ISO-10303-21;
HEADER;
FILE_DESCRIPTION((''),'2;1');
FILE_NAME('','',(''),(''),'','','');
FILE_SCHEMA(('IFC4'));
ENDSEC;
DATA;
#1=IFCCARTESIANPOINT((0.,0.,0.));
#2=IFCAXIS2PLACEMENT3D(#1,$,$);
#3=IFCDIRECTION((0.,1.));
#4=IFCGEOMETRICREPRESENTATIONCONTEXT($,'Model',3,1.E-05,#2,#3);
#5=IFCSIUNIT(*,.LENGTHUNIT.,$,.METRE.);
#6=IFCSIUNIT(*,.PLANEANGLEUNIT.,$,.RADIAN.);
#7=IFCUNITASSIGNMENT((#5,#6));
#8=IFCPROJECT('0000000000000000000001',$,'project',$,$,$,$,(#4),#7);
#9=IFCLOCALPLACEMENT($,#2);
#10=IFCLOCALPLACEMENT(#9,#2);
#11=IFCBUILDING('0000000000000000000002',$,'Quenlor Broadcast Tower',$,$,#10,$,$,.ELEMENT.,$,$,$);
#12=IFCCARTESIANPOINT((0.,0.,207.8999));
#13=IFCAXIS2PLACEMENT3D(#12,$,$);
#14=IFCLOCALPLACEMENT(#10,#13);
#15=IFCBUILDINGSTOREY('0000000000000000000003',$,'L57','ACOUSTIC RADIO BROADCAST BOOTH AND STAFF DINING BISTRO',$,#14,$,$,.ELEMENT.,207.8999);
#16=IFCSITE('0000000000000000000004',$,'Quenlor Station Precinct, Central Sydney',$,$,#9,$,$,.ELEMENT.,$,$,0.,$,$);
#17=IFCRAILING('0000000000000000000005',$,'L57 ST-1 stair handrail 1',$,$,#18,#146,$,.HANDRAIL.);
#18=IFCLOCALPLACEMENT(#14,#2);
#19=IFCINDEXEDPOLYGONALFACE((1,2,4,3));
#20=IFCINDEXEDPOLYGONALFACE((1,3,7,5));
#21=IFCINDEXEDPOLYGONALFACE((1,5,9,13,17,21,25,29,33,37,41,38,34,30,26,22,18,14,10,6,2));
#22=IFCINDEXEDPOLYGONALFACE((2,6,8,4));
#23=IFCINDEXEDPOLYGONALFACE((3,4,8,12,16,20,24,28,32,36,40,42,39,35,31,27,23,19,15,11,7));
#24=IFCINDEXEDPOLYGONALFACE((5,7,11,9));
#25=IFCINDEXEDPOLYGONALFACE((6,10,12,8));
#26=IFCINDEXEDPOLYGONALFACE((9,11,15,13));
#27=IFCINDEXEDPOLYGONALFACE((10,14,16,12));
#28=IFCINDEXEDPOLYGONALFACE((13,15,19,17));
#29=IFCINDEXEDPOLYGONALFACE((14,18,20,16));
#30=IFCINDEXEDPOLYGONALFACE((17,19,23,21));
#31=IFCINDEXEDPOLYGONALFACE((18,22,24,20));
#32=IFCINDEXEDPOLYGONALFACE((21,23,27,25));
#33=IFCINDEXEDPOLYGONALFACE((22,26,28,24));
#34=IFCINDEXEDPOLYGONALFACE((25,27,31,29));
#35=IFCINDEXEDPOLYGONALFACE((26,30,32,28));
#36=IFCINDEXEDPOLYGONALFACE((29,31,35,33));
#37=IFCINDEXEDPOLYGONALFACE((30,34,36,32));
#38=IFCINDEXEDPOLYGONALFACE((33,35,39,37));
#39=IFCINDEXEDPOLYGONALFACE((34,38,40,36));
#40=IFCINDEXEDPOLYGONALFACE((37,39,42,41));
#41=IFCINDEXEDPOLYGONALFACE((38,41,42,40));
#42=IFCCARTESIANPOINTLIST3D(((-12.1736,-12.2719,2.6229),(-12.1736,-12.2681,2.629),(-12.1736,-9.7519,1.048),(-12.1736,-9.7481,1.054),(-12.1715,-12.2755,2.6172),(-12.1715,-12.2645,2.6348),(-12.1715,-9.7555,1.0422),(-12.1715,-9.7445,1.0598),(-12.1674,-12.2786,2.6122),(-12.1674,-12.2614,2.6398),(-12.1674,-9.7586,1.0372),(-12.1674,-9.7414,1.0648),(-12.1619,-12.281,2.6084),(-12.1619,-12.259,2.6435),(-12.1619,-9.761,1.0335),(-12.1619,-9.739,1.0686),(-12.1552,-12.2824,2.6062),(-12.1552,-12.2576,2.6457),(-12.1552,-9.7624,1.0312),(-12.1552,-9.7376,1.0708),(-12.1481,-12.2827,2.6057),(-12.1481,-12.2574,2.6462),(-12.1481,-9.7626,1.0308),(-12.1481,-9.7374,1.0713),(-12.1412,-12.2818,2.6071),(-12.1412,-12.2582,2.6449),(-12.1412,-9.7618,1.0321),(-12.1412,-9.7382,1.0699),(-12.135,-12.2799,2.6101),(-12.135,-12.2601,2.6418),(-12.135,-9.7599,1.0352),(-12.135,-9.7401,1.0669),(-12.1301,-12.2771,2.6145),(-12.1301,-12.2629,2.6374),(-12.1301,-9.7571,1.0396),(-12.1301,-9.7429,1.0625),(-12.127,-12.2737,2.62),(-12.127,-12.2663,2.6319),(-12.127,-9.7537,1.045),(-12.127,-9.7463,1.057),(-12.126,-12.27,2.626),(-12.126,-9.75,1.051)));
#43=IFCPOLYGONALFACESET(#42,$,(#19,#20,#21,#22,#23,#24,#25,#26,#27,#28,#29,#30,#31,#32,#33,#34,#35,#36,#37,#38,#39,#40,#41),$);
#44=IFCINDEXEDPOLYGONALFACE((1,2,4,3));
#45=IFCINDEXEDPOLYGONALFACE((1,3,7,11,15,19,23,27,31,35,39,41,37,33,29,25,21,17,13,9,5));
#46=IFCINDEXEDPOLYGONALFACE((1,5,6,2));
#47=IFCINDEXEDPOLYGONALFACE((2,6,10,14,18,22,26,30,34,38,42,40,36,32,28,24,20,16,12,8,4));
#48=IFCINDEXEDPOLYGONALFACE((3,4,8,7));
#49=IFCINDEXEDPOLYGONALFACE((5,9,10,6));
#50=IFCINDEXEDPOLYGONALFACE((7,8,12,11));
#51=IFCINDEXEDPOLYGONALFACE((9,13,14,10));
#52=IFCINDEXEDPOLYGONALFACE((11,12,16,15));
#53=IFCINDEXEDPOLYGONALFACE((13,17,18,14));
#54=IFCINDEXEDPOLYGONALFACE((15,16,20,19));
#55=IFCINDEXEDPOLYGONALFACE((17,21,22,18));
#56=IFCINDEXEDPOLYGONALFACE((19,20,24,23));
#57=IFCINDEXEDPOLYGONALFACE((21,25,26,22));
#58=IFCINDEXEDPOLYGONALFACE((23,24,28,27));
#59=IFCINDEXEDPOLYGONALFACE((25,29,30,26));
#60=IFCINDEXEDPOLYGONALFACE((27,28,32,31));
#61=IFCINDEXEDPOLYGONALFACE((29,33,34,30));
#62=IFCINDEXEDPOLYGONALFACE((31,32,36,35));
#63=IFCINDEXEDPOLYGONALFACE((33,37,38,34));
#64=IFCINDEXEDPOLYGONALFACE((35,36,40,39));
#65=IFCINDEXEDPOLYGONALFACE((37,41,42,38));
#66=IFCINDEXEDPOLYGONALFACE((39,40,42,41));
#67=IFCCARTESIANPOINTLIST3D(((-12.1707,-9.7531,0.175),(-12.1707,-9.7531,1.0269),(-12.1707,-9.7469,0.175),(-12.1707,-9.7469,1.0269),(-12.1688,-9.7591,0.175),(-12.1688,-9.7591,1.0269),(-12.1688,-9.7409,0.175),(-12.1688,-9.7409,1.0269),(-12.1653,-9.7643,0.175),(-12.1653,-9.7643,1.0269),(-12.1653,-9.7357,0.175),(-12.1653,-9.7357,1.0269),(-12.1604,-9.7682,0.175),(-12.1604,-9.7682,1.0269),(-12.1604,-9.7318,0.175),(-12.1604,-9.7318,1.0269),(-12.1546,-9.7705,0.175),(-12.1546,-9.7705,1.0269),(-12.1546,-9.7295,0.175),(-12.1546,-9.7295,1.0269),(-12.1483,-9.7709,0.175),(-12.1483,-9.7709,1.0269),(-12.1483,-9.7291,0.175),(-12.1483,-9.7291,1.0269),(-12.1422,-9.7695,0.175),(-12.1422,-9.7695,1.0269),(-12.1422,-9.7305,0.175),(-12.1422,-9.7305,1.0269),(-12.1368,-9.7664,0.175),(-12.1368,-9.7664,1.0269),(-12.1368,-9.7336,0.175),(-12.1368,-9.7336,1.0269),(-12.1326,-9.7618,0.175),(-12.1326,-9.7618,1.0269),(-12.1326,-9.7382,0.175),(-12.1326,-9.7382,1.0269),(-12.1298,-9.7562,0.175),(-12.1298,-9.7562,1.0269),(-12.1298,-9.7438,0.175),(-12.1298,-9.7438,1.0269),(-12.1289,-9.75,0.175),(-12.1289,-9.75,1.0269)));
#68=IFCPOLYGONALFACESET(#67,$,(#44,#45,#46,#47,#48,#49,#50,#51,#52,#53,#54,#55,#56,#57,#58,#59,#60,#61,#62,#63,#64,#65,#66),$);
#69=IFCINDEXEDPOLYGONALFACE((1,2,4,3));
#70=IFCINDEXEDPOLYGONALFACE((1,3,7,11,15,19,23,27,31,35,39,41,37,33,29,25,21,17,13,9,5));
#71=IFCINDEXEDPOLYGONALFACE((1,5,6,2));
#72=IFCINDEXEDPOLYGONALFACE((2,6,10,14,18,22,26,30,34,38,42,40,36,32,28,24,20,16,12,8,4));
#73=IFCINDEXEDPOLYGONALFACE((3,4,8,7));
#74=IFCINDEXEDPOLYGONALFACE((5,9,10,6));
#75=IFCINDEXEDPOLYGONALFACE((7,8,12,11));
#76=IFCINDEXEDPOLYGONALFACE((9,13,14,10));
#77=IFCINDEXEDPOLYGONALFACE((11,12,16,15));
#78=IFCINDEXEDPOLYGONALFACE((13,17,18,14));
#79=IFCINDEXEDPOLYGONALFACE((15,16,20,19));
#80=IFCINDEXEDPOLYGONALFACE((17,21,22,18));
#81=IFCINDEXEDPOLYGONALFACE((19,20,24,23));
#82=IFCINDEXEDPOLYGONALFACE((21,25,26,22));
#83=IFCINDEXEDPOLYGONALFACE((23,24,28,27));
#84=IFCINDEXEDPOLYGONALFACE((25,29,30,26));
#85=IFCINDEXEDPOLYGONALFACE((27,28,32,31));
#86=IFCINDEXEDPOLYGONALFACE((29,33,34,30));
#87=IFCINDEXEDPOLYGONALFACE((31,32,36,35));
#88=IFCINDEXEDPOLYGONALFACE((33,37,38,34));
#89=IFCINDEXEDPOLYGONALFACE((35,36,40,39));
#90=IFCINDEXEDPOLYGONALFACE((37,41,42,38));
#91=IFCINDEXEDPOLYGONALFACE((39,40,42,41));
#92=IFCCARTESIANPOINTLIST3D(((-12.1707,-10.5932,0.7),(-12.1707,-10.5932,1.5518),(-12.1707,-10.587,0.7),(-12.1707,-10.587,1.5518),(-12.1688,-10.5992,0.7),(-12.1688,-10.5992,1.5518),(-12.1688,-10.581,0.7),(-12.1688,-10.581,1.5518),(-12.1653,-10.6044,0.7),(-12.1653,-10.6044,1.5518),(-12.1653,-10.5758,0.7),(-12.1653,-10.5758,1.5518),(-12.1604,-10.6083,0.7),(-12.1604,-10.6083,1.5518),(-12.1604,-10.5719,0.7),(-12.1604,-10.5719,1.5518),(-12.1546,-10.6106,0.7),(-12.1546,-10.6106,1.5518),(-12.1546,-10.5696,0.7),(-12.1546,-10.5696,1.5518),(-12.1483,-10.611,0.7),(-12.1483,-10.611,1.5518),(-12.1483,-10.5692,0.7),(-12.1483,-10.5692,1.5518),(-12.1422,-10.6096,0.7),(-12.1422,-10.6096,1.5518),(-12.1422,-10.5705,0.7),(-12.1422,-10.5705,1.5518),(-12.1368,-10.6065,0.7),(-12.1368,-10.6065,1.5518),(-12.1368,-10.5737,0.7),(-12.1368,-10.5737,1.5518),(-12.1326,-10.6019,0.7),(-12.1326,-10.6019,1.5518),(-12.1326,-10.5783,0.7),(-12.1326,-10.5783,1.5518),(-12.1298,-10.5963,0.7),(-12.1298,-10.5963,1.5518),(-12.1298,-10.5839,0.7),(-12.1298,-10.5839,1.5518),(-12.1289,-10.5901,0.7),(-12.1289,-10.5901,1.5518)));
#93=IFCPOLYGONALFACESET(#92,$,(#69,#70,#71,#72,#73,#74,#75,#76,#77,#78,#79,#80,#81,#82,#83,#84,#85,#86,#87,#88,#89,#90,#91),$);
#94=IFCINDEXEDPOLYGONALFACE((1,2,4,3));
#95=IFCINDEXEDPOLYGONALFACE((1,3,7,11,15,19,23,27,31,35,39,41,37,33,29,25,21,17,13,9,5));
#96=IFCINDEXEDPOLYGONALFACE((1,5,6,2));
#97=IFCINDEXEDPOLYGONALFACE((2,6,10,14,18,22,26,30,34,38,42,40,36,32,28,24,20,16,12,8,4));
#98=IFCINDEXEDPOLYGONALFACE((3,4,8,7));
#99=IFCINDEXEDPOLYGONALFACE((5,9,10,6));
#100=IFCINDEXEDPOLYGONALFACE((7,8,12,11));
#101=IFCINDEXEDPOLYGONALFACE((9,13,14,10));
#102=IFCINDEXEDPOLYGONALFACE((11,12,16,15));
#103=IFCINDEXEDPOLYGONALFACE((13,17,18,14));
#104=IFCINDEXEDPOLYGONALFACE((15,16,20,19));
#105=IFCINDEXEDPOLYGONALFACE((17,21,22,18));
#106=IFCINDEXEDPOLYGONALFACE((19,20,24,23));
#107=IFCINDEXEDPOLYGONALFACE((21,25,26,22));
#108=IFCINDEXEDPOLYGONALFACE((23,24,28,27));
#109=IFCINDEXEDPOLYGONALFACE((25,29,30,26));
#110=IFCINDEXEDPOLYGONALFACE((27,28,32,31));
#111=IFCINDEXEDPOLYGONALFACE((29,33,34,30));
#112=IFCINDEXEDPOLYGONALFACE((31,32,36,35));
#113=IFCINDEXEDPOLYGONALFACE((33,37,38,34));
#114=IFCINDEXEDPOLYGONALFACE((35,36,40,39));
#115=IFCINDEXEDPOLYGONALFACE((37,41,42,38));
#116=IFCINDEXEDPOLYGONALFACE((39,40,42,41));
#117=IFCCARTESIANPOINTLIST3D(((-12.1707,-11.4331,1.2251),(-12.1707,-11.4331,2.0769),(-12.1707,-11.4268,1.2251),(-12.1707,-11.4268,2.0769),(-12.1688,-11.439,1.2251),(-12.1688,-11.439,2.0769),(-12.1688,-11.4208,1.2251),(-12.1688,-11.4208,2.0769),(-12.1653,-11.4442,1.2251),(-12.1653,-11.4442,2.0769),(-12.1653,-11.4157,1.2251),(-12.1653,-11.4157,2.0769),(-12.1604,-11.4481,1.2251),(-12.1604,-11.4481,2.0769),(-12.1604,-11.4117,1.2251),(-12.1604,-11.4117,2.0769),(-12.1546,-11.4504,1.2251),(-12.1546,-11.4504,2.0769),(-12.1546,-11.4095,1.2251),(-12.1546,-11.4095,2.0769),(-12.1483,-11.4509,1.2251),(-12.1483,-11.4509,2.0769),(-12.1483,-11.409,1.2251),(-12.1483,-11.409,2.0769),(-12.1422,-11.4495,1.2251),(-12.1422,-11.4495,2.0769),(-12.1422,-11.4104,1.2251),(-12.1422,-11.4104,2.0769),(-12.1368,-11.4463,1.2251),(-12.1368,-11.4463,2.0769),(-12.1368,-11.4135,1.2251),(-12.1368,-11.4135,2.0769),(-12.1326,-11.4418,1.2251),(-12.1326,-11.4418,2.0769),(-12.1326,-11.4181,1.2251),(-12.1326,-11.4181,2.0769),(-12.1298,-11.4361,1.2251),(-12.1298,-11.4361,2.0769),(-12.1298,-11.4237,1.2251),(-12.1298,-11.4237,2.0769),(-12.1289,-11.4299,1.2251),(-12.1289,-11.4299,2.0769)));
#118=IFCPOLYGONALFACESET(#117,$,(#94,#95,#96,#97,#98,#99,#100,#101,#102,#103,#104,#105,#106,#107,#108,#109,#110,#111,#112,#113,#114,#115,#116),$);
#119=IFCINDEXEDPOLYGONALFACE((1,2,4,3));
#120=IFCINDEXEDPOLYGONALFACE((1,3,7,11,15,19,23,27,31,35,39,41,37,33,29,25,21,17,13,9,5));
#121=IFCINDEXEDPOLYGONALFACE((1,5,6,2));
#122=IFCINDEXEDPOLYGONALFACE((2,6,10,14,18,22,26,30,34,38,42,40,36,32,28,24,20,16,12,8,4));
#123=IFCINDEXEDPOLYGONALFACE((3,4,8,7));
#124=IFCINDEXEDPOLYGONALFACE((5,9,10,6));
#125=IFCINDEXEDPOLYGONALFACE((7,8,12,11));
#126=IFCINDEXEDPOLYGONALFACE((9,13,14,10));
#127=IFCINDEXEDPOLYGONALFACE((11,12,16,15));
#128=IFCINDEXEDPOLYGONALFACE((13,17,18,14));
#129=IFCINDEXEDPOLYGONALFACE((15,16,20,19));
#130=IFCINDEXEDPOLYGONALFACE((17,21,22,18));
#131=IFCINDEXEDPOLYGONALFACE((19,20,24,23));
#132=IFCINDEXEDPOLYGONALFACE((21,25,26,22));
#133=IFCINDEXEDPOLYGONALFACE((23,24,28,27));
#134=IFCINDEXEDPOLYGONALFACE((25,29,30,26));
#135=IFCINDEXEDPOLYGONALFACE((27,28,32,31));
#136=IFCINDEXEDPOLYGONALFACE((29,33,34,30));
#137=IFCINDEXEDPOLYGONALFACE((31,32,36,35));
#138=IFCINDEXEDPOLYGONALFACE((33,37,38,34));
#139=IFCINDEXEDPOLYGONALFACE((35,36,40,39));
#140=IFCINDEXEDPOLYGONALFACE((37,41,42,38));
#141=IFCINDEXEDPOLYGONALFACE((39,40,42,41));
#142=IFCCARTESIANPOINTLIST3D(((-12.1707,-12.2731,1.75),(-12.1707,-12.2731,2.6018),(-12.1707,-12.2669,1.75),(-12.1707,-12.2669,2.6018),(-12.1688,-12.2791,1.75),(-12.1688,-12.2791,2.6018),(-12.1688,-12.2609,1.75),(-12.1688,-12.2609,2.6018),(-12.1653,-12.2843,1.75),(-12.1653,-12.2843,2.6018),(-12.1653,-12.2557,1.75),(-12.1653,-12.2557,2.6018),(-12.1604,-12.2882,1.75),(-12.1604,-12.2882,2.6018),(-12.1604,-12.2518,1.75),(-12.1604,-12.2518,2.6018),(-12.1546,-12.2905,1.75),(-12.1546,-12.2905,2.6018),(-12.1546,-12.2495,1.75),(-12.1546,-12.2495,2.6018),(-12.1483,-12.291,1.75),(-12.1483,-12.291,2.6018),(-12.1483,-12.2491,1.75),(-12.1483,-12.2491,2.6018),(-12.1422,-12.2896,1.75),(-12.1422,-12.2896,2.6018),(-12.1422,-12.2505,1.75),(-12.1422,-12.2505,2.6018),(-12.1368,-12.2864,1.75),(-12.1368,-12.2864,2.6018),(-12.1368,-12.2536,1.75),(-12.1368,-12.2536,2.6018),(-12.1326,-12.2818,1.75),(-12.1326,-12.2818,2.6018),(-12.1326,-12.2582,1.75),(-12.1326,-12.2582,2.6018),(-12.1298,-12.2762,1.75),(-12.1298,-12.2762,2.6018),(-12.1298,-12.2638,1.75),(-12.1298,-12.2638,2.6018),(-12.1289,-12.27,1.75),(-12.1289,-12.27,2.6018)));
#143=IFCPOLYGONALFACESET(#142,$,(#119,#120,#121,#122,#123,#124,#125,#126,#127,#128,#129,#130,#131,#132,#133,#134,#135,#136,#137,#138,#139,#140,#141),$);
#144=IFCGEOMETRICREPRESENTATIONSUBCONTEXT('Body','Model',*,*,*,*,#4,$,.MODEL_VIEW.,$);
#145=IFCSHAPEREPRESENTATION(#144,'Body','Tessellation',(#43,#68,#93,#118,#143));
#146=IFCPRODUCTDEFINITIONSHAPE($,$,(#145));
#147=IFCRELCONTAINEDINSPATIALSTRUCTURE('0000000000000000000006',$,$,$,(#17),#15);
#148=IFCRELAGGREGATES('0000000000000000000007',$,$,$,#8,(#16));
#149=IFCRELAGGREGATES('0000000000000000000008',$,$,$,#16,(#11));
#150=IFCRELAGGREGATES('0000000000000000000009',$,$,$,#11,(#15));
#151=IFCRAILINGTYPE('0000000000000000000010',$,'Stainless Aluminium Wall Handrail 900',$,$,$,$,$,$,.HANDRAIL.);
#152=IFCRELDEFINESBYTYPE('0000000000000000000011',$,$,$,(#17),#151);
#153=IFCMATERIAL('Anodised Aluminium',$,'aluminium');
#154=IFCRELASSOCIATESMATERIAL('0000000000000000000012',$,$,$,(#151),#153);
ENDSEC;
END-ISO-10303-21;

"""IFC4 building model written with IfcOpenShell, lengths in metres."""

from ifc_helpers import new_model, si_unit, direction, frame, origin, origin_2d, place, context, subcontext, project, spatial, circle, extrude, material, type_object, element, save


model = new_model("IFC4")

# Units and contexts
model_context = context("Model", 3, precision=1e-05, world=origin(), true_north=direction((0.0, 1.0)))
body_context = subcontext(model_context, "Body", "Model", "MODEL_VIEW")
ifc_project = project(units=[si_unit("LENGTHUNIT", "METRE"), si_unit("PLANEANGLEUNIT", "RADIAN")], contexts=[model_context])

# Site, building, storey
site_placement = place(None, origin())
site = spatial("IfcSite", under=ifc_project, at=site_placement, Name="Quenlor Station Precinct, Central Sydney", CompositionType="ELEMENT", RefElevation=0.0)
building_placement = place(site_placement, origin())
building = spatial("IfcBuilding", under=site, at=building_placement, Name="Quenlor Broadcast Tower", CompositionType="ELEMENT")
storey_placement = place(building_placement, frame((0.0, 0.0, 207.8999)))
storey = spatial("IfcBuildingStorey", under=building, at=storey_placement, Name="L57", Description="ACOUSTIC RADIO BROADCAST BOOTH AND STAFF DINING BISTRO", CompositionType="ELEMENT", Elevation=207.8999)

# Railing
ifc_material_1 = material(Name="Anodised Aluminium", Category="aluminium")
railing_type_1 = type_object("IfcRailingType", Name="Stainless Aluminium Wall Handrail 900", PredefinedType="HANDRAIL", material=ifc_material_1)
railing_1_placement = place(storey_placement, frame((-12.1499, -9.75, 0.175)))
element("IfcRailing", 1, at=railing_1_placement, inside=storey, type_object=railing_type_1, Name="L57 ST-1 stair handrail 1", PredefinedType="HANDRAIL", context=body_context, shape_type="SweptSolid", body=[
    extrude(circle(Radius=0.0239, at=origin_2d()), frame((0.0, 0.0, 0.876), z_axis=(0.0, -0.848008, 0.529984), x_axis=(1.0, 0.0, 0.0)), (0.0, 0.0, 1.0), 2.9717),
    extrude(circle(Radius=0.021, at=origin_2d()), origin(), (0.0, 0.0, 1.0), 0.8518),
    extrude(circle(Radius=0.021, at=origin_2d()), frame((0.0, -0.8401, 0.5249)), (0.0, 0.0, 1.0), 0.8518),
    extrude(circle(Radius=0.021, at=origin_2d()), frame((0.0, -1.6799, 1.05)), (0.0, 0.0, 1.0), 0.8518),
    extrude(circle(Radius=0.021, at=origin_2d()), frame((0.0, -2.52, 1.575)), (0.0, 0.0, 1.0), 0.8518),
])

save(model, "model.ifc")
